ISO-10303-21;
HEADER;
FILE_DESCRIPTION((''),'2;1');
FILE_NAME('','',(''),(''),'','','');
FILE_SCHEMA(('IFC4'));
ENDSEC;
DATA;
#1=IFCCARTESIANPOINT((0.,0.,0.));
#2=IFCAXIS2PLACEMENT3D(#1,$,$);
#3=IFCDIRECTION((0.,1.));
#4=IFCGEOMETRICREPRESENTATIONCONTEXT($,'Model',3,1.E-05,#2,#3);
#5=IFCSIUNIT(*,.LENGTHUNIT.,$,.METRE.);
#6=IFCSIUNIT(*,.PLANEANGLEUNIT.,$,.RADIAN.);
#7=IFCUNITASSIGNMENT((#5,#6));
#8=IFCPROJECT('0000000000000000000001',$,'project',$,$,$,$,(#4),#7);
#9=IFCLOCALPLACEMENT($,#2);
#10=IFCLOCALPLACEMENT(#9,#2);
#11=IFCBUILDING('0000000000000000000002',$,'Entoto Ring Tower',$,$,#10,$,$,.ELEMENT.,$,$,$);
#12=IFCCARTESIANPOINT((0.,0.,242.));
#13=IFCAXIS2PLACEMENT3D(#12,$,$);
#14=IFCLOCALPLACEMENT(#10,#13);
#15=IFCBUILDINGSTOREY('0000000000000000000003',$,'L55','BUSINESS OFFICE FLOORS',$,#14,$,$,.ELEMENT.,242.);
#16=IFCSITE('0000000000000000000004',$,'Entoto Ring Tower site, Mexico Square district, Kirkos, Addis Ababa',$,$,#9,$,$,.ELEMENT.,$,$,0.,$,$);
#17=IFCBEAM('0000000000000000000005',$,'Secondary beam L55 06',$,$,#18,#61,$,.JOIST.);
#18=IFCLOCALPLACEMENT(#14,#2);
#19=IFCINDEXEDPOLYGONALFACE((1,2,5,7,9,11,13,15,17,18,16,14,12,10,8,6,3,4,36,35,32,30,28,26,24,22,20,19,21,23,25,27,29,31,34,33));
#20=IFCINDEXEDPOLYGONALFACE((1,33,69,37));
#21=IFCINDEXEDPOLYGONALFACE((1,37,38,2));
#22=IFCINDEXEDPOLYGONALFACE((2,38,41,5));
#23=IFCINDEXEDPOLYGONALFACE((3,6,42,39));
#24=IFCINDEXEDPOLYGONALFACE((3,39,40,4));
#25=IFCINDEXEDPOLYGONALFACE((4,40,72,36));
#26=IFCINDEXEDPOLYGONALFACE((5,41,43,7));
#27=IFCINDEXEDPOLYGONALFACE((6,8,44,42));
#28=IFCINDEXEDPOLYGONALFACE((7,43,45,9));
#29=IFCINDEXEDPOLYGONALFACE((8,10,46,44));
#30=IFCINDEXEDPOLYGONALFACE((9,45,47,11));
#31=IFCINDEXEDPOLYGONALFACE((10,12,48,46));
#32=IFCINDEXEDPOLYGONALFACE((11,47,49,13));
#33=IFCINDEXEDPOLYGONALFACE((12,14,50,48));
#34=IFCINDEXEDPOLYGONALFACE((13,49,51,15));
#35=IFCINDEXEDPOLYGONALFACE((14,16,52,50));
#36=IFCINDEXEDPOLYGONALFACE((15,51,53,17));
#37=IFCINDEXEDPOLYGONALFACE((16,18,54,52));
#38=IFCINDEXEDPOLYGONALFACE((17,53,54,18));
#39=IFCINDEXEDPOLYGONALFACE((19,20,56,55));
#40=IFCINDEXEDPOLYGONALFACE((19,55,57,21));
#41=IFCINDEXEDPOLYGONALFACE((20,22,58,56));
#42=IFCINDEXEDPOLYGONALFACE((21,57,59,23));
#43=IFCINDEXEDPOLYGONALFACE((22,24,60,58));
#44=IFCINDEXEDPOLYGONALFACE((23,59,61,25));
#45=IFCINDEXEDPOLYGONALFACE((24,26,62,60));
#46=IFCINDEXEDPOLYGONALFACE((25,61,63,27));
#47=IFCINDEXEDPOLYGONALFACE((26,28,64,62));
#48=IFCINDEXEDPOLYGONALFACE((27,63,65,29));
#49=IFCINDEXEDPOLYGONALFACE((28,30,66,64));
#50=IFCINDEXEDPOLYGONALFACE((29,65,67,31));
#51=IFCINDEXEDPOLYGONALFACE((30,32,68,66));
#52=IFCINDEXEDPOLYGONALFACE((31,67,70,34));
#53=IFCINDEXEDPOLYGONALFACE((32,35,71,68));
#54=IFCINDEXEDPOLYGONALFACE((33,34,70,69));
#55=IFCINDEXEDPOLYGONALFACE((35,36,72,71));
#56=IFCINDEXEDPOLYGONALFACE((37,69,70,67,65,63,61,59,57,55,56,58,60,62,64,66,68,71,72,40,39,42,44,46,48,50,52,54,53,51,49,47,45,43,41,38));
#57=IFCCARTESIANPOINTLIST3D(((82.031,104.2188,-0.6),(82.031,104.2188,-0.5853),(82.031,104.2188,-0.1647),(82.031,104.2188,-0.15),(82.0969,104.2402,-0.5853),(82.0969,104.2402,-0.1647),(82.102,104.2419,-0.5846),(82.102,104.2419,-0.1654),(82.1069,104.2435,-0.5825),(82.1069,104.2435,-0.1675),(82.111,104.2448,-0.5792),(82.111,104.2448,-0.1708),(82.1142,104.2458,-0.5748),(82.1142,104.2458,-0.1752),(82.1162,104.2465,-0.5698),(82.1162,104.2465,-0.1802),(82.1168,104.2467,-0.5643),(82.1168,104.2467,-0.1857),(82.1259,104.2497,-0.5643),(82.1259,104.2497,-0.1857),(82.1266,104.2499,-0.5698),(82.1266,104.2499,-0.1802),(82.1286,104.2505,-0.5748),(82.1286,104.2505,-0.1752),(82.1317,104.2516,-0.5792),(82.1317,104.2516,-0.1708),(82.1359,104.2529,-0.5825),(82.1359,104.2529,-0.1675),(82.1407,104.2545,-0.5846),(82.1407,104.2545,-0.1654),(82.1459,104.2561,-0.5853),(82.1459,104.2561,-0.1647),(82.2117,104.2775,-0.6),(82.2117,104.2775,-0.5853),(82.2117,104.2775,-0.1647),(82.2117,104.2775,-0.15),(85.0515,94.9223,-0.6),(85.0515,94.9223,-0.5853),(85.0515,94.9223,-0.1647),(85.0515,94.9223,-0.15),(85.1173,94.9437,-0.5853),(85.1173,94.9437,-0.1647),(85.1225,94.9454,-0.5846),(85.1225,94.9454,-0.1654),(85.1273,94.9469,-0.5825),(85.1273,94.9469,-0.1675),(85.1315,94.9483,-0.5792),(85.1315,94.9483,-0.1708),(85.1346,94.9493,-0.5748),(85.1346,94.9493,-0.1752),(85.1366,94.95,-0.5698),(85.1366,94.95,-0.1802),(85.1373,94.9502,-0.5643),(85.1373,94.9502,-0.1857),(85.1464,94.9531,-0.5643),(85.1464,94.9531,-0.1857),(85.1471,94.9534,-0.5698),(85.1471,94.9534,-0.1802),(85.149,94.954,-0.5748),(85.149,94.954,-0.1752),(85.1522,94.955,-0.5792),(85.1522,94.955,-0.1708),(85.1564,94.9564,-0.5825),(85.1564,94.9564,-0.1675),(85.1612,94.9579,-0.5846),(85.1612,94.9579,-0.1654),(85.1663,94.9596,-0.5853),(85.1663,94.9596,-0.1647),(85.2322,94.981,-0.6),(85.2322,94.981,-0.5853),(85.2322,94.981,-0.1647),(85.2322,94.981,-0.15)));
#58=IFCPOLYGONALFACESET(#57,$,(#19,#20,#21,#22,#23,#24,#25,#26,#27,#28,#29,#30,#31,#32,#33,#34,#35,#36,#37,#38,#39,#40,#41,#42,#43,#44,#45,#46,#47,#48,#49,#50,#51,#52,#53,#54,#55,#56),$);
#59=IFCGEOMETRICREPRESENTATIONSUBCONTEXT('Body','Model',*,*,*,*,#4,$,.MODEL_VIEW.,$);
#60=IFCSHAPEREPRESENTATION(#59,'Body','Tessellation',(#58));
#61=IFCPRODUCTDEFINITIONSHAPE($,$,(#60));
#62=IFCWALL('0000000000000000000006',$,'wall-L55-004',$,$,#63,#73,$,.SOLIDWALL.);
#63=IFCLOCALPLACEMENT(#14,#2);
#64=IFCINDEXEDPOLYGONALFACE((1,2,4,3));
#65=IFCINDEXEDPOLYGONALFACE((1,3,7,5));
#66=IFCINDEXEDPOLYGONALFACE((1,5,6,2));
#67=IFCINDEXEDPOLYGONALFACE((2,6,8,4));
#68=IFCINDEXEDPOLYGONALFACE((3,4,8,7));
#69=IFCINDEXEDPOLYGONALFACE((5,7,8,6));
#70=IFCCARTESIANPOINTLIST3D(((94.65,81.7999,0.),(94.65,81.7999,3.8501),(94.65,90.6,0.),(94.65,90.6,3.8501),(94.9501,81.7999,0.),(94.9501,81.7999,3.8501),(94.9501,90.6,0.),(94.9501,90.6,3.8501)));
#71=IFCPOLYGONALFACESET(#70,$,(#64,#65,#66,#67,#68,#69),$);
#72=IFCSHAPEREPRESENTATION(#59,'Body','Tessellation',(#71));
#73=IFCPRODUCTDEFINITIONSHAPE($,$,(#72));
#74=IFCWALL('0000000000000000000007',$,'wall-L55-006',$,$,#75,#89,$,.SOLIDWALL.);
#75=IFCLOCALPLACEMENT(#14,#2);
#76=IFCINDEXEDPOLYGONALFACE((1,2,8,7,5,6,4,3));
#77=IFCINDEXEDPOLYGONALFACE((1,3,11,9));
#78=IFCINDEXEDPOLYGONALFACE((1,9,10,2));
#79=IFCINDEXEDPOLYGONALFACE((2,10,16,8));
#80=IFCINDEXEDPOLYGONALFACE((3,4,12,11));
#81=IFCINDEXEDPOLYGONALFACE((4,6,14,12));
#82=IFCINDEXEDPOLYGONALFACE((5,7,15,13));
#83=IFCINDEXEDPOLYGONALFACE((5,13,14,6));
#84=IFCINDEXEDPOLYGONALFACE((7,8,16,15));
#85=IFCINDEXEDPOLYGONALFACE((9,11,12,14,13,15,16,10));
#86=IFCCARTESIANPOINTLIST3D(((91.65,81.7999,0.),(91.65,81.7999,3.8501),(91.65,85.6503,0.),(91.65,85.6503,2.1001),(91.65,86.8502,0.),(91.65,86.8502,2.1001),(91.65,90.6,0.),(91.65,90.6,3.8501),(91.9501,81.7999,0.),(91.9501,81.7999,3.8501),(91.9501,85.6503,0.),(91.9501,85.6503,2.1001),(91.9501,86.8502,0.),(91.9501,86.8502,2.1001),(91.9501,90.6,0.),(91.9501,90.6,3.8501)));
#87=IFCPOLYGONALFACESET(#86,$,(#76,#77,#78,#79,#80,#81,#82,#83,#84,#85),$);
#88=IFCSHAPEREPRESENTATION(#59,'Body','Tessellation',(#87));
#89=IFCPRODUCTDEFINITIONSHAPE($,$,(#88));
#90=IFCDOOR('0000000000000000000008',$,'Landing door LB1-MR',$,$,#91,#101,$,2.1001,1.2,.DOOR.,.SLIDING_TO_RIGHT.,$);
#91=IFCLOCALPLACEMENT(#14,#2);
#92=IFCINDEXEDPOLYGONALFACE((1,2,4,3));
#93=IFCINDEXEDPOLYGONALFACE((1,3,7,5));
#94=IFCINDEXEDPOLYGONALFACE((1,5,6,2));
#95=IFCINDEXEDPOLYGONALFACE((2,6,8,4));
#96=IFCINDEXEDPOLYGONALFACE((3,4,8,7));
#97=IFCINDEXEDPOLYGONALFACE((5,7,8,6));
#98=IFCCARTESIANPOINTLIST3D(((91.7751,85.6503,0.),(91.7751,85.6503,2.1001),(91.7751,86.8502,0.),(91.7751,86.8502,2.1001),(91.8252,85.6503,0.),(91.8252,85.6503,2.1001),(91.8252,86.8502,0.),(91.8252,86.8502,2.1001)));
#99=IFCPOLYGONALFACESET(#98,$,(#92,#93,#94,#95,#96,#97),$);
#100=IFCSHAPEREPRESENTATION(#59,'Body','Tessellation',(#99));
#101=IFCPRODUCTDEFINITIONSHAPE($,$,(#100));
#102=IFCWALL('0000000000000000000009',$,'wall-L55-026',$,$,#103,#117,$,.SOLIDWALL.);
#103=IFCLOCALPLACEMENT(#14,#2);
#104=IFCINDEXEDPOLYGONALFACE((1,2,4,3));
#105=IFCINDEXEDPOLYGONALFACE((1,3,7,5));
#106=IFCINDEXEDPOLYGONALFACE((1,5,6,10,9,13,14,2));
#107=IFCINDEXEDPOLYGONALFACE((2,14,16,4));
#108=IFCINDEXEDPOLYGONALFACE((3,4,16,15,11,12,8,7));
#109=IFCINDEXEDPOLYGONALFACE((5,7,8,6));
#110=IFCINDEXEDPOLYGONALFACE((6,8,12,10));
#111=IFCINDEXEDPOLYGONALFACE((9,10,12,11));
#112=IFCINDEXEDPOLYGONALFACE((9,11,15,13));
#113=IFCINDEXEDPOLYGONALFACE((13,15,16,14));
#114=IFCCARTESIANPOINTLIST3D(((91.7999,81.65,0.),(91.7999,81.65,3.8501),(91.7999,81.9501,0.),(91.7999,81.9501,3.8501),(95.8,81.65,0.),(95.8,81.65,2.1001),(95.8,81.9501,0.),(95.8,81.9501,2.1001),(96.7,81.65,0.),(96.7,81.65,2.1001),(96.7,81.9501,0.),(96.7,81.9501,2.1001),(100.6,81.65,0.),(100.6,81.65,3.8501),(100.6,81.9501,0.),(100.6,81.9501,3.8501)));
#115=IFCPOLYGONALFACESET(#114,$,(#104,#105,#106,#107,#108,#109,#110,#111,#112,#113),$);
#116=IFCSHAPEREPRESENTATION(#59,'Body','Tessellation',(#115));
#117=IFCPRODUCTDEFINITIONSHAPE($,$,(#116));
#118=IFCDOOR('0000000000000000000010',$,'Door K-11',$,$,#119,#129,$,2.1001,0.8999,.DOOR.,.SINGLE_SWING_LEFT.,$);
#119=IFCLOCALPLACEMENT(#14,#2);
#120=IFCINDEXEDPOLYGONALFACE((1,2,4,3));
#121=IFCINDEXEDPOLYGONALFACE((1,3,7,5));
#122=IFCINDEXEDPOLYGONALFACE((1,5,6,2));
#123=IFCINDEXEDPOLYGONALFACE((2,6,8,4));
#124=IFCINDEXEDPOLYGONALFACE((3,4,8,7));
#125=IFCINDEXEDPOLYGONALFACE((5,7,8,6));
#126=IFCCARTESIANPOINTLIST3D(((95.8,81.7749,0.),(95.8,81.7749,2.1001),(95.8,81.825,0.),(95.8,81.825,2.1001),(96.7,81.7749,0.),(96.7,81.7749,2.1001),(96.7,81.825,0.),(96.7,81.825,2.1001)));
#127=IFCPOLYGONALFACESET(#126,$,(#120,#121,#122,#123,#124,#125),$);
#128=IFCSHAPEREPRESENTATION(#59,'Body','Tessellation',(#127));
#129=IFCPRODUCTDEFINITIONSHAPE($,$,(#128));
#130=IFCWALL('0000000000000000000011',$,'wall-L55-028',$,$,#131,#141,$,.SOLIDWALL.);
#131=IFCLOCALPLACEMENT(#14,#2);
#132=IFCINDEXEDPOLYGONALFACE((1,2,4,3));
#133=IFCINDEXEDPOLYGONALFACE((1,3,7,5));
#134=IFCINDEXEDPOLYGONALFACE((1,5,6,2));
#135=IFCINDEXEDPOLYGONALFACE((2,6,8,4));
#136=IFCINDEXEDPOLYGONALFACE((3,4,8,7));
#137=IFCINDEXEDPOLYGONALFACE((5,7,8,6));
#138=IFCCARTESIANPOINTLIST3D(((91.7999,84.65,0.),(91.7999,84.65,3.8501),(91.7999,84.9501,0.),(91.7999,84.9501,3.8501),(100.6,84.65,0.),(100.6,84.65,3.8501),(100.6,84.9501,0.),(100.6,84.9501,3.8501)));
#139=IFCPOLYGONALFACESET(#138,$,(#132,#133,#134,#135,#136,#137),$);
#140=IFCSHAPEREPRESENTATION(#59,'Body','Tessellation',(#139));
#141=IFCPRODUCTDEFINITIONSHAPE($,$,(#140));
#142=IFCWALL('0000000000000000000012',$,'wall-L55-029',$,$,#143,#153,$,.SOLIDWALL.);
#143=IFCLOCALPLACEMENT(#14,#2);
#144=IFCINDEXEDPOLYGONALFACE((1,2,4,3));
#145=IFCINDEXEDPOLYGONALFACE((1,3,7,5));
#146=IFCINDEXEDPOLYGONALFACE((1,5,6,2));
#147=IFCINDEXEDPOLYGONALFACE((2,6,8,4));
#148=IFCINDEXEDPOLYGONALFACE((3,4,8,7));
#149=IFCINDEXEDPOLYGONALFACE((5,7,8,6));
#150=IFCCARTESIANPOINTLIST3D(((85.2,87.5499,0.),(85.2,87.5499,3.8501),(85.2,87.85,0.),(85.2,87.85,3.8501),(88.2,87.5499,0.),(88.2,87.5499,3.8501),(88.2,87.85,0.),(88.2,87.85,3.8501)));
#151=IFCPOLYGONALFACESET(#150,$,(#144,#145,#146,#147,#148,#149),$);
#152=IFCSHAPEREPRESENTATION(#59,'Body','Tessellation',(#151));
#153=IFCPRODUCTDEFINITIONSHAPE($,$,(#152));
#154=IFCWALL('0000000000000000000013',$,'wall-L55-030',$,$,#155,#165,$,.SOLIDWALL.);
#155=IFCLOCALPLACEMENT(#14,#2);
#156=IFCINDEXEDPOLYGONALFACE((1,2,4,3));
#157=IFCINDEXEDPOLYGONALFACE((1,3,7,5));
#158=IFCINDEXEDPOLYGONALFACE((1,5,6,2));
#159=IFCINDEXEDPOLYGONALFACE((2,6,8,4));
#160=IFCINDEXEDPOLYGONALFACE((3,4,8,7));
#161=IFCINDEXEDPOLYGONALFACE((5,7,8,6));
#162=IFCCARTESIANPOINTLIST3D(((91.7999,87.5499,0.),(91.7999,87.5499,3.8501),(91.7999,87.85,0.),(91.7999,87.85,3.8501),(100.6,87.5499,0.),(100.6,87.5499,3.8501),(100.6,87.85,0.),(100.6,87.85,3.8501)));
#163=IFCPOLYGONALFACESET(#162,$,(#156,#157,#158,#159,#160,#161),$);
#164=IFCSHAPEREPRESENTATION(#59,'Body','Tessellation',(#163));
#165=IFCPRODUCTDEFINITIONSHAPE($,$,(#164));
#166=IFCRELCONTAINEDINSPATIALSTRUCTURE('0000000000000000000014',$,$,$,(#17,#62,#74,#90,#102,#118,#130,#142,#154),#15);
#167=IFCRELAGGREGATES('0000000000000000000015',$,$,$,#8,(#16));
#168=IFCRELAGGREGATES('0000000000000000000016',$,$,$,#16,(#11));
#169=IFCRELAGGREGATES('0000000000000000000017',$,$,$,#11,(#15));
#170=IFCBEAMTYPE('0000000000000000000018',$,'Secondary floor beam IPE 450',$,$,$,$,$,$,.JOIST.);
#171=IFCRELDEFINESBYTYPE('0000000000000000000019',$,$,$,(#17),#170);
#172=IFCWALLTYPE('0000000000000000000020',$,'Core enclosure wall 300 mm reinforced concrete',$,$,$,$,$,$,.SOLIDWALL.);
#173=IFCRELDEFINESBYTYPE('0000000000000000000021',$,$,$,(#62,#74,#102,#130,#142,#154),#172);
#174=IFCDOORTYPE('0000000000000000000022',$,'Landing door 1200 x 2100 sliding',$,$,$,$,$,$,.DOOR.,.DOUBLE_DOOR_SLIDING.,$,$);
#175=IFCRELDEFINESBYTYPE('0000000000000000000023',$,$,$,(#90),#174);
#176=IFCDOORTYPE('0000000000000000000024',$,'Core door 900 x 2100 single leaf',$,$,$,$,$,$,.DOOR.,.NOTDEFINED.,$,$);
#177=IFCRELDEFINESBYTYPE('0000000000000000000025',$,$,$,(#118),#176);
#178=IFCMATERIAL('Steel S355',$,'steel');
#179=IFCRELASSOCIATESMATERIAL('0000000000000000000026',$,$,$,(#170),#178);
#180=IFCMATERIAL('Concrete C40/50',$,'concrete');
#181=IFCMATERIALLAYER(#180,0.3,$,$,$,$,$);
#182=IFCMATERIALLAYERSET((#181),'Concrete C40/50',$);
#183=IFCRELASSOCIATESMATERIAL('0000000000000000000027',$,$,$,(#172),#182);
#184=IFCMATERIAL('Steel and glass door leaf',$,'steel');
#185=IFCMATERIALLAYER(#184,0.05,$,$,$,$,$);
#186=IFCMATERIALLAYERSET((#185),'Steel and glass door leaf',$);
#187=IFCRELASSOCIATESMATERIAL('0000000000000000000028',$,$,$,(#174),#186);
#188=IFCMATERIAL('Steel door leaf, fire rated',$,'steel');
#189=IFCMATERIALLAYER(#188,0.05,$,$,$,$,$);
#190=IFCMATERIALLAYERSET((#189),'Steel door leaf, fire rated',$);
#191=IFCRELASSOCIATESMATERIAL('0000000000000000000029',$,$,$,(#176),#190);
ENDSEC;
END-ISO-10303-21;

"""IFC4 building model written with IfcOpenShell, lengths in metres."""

from ifc_helpers import new_model, si_unit, direction, frame, frame_2d, origin, origin_2d, place, context, subcontext, project, spatial, rectangle, i_section, extrude, material, layer, layer_set, material_profile, profile_set, type_object, element, fill, save


model = new_model("IFC4")

# Units and contexts
model_context = context("Model", 3, precision=1e-05, world=origin(), true_north=direction((0.0, 1.0)))
body_context = subcontext(model_context, "Body", "Model", "MODEL_VIEW")
ifc_project = project(units=[si_unit("LENGTHUNIT", "METRE"), si_unit("PLANEANGLEUNIT", "RADIAN")], contexts=[model_context])

# Site, building, storey
site_placement = place(None, origin())
site = spatial("IfcSite", under=ifc_project, at=site_placement, Name="Entoto Ring Tower site, Mexico Square district, Kirkos, Addis Ababa", CompositionType="ELEMENT", RefElevation=0.0)
building_placement = place(site_placement, origin())
building = spatial("IfcBuilding", under=site, at=building_placement, Name="Entoto Ring Tower", CompositionType="ELEMENT")
storey_placement = place(building_placement, frame((0.0, 0.0, 242.0)))
storey = spatial("IfcBuildingStorey", under=building, at=storey_placement, Name="L55", Description="BUSINESS OFFICE FLOORS", CompositionType="ELEMENT", Elevation=242.0)

# Beam
ifc_material_1 = material(Name="Steel S355", Category="steel")
ifc_material_profile_1 = material_profile(ifc_material_1, i_section(OverallWidth=0.1899, OverallDepth=0.45, WebThickness=0.0095, FlangeThickness=0.0146, FilletRadius=0.021, at=origin_2d()), Name="IPE 450")
ifc_profile_set_1 = profile_set([ifc_material_profile_1], Name="Steel S355")
beam_type_1 = type_object("IfcBeamType", Name="Secondary floor beam IPE 450", PredefinedType="JOIST", material=ifc_profile_set_1)
beam_1_placement = place(storey_placement, frame((85.1418, 94.9517, -0.375), z_axis=(-0.309003, 0.951061, 0.0), x_axis=(-0.951061, -0.309003, 0.0)))
element("IfcBeam", 1, at=beam_1_placement, inside=storey, type_object=beam_type_1, Name="Secondary beam L55 06", PredefinedType="JOIST", context=body_context, shape_type="SweptSolid", body=[
    extrude(i_section(OverallWidth=0.1899, OverallDepth=0.45, WebThickness=0.0095, FlangeThickness=0.0146, FilletRadius=0.021, at=origin_2d()), origin(), (0.0, 0.0, 1.0), 9.7749),
])

# Wall
ifc_material_2 = material(Name="Concrete C40/50", Category="concrete")
ifc_layer_1 = layer(ifc_material_2, 0.3)
ifc_layer_set_1 = layer_set([ifc_layer_1], Name="Concrete C40/50")
wall_type_1 = type_object("IfcWallType", Name="Core enclosure wall 300 mm reinforced concrete", PredefinedType="SOLIDWALL", material=ifc_layer_set_1)
wall_1_placement = place(storey_placement, frame((94.8, 81.8, 0.0), z_axis=(0.0, 0.0, 1.0), x_axis=(0.0, 1.0, 0.0)))
element("IfcWall", 2, at=wall_1_placement, inside=storey, type_object=wall_type_1, Name="wall-L55-004", PredefinedType="SOLIDWALL", context=body_context, shape_type="SweptSolid", body=[
    extrude(rectangle(XDim=8.8, YDim=0.3, at=frame_2d((4.3999, 0.0))), origin(), (0.0, 0.0, 1.0), 3.8501),
])

# Walls, openings, doors
wall_2_placement = place(storey_placement, frame((91.8, 81.8, 0.0), z_axis=(0.0, 0.0, 1.0), x_axis=(0.0, 1.0, 0.0)))
wall_2 = element("IfcWall", 3, at=wall_2_placement, inside=storey, type_object=wall_type_1, Name="wall-L55-006", PredefinedType="SOLIDWALL", context=body_context, shape_type="SweptSolid", body=[
    extrude(rectangle(XDim=8.8, YDim=0.3, at=frame_2d((4.3999, 0.0))), origin(), (0.0, 0.0, 1.0), 3.8501),
])
opening_1_placement = place(wall_2_placement, frame((3.8501, 0.0, 0.0)))
opening_1 = element("IfcOpeningElement", 4, at=opening_1_placement, cuts=wall_2, PredefinedType="OPENING", context=body_context, shape_type="SweptSolid", body=[
    extrude(rectangle(XDim=1.2, YDim=2.1001, at=frame_2d((0.6001, 1.05))), frame((0.0, 0.1602, 0.0), z_axis=(0.0, -1.0, 0.0), x_axis=(1.0, 0.0, 0.0)), (0.0, 0.0, 1.0), 0.3201),
])
ifc_material_3 = material(Name="Steel and glass door leaf", Category="steel")
ifc_layer_2 = layer(ifc_material_3, 0.05)
ifc_layer_set_2 = layer_set([ifc_layer_2], Name="Steel and glass door leaf")
door_type_1 = type_object("IfcDoorType", Name="Landing door 1200 x 2100 sliding", OperationType="DOUBLE_DOOR_SLIDING", PredefinedType="DOOR", material=ifc_layer_set_2)
door_1_placement = place(opening_1_placement, origin())
door_1 = element("IfcDoor", 5, at=door_1_placement, inside=storey, type_object=door_type_1, Name="Landing door LB1-MR", OperationType="SLIDING_TO_RIGHT", OverallHeight=2.1001, OverallWidth=1.2, PredefinedType="DOOR", context=body_context, shape_type="SweptSolid", body=[
    extrude(rectangle(XDim=1.2, YDim=2.1001, at=frame_2d((0.6001, 1.05))), frame((0.0, 0.0249, 0.0), z_axis=(0.0, -1.0, 0.0), x_axis=(1.0, 0.0, 0.0)), (0.0, 0.0, 1.0), 0.05),
])
fill(opening_1, door_1)
wall_3_placement = place(storey_placement, frame((91.8, 81.8, 0.0), z_axis=(0.0, 0.0, 1.0), x_axis=(1.0, 0.0, 0.0)))
wall_3 = element("IfcWall", 6, at=wall_3_placement, inside=storey, type_object=wall_type_1, Name="wall-L55-026", PredefinedType="SOLIDWALL", context=body_context, shape_type="SweptSolid", body=[
    extrude(rectangle(XDim=8.8, YDim=0.3, at=frame_2d((4.3999, 0.0))), origin(), (0.0, 0.0, 1.0), 3.8501),
])
opening_2_placement = place(wall_3_placement, frame((4.0, 0.0, 0.0)))
opening_2 = element("IfcOpeningElement", 7, at=opening_2_placement, cuts=wall_3, PredefinedType="OPENING", context=body_context, shape_type="SweptSolid", body=[
    extrude(rectangle(XDim=0.8999, YDim=2.1001, at=frame_2d((0.45, 1.05))), frame((0.0, 0.1602, 0.0), z_axis=(0.0, -1.0, 0.0), x_axis=(1.0, 0.0, 0.0)), (0.0, 0.0, 1.0), 0.3201),
])
ifc_material_4 = material(Name="Steel door leaf, fire rated", Category="steel")
ifc_layer_3 = layer(ifc_material_4, 0.05)
ifc_layer_set_3 = layer_set([ifc_layer_3], Name="Steel door leaf, fire rated")
door_type_2 = type_object("IfcDoorType", Name="Core door 900 x 2100 single leaf", OperationType="NOTDEFINED", PredefinedType="DOOR", material=ifc_layer_set_3)
door_2_placement = place(opening_2_placement, origin())
door_2 = element("IfcDoor", 8, at=door_2_placement, inside=storey, type_object=door_type_2, Name="Door K-11", OperationType="SINGLE_SWING_LEFT", OverallHeight=2.1001, OverallWidth=0.8999, PredefinedType="DOOR", context=body_context, shape_type="SweptSolid", body=[
    extrude(rectangle(XDim=0.8999, YDim=2.1001, at=frame_2d((0.45, 1.05))), frame((0.0, 0.0249, 0.0), z_axis=(0.0, -1.0, 0.0), x_axis=(1.0, 0.0, 0.0)), (0.0, 0.0, 1.0), 0.05),
])
fill(opening_2, door_2)

# Walls
wall_4_placement = place(storey_placement, frame((91.8, 84.8, 0.0), z_axis=(0.0, 0.0, 1.0), x_axis=(1.0, 0.0, 0.0)))
element("IfcWall", 9, at=wall_4_placement, inside=storey, type_object=wall_type_1, Name="wall-L55-028", PredefinedType="SOLIDWALL", context=body_context, shape_type="SweptSolid", body=[
    extrude(rectangle(XDim=8.8, YDim=0.3, at=frame_2d((4.3999, 0.0))), origin(), (0.0, 0.0, 1.0), 3.8501),
])
wall_5_placement = place(storey_placement, frame((85.2, 87.7, 0.0), z_axis=(0.0, 0.0, 1.0), x_axis=(1.0, 0.0, 0.0)))
element("IfcWall", 10, at=wall_5_placement, inside=storey, type_object=wall_type_1, Name="wall-L55-029", PredefinedType="SOLIDWALL", context=body_context, shape_type="SweptSolid", body=[
    extrude(rectangle(XDim=3.0, YDim=0.3, at=frame_2d((1.5, 0.0))), origin(), (0.0, 0.0, 1.0), 3.8501),
])
wall_6_placement = place(storey_placement, frame((91.8, 87.7, 0.0), z_axis=(0.0, 0.0, 1.0), x_axis=(1.0, 0.0, 0.0)))
element("IfcWall", 11, at=wall_6_placement, inside=storey, type_object=wall_type_1, Name="wall-L55-030", PredefinedType="SOLIDWALL", context=body_context, shape_type="SweptSolid", body=[
    extrude(rectangle(XDim=8.8, YDim=0.3, at=frame_2d((4.3999, 0.0))), origin(), (0.0, 0.0, 1.0), 3.8501),
])

save(model, "model.ifc")
